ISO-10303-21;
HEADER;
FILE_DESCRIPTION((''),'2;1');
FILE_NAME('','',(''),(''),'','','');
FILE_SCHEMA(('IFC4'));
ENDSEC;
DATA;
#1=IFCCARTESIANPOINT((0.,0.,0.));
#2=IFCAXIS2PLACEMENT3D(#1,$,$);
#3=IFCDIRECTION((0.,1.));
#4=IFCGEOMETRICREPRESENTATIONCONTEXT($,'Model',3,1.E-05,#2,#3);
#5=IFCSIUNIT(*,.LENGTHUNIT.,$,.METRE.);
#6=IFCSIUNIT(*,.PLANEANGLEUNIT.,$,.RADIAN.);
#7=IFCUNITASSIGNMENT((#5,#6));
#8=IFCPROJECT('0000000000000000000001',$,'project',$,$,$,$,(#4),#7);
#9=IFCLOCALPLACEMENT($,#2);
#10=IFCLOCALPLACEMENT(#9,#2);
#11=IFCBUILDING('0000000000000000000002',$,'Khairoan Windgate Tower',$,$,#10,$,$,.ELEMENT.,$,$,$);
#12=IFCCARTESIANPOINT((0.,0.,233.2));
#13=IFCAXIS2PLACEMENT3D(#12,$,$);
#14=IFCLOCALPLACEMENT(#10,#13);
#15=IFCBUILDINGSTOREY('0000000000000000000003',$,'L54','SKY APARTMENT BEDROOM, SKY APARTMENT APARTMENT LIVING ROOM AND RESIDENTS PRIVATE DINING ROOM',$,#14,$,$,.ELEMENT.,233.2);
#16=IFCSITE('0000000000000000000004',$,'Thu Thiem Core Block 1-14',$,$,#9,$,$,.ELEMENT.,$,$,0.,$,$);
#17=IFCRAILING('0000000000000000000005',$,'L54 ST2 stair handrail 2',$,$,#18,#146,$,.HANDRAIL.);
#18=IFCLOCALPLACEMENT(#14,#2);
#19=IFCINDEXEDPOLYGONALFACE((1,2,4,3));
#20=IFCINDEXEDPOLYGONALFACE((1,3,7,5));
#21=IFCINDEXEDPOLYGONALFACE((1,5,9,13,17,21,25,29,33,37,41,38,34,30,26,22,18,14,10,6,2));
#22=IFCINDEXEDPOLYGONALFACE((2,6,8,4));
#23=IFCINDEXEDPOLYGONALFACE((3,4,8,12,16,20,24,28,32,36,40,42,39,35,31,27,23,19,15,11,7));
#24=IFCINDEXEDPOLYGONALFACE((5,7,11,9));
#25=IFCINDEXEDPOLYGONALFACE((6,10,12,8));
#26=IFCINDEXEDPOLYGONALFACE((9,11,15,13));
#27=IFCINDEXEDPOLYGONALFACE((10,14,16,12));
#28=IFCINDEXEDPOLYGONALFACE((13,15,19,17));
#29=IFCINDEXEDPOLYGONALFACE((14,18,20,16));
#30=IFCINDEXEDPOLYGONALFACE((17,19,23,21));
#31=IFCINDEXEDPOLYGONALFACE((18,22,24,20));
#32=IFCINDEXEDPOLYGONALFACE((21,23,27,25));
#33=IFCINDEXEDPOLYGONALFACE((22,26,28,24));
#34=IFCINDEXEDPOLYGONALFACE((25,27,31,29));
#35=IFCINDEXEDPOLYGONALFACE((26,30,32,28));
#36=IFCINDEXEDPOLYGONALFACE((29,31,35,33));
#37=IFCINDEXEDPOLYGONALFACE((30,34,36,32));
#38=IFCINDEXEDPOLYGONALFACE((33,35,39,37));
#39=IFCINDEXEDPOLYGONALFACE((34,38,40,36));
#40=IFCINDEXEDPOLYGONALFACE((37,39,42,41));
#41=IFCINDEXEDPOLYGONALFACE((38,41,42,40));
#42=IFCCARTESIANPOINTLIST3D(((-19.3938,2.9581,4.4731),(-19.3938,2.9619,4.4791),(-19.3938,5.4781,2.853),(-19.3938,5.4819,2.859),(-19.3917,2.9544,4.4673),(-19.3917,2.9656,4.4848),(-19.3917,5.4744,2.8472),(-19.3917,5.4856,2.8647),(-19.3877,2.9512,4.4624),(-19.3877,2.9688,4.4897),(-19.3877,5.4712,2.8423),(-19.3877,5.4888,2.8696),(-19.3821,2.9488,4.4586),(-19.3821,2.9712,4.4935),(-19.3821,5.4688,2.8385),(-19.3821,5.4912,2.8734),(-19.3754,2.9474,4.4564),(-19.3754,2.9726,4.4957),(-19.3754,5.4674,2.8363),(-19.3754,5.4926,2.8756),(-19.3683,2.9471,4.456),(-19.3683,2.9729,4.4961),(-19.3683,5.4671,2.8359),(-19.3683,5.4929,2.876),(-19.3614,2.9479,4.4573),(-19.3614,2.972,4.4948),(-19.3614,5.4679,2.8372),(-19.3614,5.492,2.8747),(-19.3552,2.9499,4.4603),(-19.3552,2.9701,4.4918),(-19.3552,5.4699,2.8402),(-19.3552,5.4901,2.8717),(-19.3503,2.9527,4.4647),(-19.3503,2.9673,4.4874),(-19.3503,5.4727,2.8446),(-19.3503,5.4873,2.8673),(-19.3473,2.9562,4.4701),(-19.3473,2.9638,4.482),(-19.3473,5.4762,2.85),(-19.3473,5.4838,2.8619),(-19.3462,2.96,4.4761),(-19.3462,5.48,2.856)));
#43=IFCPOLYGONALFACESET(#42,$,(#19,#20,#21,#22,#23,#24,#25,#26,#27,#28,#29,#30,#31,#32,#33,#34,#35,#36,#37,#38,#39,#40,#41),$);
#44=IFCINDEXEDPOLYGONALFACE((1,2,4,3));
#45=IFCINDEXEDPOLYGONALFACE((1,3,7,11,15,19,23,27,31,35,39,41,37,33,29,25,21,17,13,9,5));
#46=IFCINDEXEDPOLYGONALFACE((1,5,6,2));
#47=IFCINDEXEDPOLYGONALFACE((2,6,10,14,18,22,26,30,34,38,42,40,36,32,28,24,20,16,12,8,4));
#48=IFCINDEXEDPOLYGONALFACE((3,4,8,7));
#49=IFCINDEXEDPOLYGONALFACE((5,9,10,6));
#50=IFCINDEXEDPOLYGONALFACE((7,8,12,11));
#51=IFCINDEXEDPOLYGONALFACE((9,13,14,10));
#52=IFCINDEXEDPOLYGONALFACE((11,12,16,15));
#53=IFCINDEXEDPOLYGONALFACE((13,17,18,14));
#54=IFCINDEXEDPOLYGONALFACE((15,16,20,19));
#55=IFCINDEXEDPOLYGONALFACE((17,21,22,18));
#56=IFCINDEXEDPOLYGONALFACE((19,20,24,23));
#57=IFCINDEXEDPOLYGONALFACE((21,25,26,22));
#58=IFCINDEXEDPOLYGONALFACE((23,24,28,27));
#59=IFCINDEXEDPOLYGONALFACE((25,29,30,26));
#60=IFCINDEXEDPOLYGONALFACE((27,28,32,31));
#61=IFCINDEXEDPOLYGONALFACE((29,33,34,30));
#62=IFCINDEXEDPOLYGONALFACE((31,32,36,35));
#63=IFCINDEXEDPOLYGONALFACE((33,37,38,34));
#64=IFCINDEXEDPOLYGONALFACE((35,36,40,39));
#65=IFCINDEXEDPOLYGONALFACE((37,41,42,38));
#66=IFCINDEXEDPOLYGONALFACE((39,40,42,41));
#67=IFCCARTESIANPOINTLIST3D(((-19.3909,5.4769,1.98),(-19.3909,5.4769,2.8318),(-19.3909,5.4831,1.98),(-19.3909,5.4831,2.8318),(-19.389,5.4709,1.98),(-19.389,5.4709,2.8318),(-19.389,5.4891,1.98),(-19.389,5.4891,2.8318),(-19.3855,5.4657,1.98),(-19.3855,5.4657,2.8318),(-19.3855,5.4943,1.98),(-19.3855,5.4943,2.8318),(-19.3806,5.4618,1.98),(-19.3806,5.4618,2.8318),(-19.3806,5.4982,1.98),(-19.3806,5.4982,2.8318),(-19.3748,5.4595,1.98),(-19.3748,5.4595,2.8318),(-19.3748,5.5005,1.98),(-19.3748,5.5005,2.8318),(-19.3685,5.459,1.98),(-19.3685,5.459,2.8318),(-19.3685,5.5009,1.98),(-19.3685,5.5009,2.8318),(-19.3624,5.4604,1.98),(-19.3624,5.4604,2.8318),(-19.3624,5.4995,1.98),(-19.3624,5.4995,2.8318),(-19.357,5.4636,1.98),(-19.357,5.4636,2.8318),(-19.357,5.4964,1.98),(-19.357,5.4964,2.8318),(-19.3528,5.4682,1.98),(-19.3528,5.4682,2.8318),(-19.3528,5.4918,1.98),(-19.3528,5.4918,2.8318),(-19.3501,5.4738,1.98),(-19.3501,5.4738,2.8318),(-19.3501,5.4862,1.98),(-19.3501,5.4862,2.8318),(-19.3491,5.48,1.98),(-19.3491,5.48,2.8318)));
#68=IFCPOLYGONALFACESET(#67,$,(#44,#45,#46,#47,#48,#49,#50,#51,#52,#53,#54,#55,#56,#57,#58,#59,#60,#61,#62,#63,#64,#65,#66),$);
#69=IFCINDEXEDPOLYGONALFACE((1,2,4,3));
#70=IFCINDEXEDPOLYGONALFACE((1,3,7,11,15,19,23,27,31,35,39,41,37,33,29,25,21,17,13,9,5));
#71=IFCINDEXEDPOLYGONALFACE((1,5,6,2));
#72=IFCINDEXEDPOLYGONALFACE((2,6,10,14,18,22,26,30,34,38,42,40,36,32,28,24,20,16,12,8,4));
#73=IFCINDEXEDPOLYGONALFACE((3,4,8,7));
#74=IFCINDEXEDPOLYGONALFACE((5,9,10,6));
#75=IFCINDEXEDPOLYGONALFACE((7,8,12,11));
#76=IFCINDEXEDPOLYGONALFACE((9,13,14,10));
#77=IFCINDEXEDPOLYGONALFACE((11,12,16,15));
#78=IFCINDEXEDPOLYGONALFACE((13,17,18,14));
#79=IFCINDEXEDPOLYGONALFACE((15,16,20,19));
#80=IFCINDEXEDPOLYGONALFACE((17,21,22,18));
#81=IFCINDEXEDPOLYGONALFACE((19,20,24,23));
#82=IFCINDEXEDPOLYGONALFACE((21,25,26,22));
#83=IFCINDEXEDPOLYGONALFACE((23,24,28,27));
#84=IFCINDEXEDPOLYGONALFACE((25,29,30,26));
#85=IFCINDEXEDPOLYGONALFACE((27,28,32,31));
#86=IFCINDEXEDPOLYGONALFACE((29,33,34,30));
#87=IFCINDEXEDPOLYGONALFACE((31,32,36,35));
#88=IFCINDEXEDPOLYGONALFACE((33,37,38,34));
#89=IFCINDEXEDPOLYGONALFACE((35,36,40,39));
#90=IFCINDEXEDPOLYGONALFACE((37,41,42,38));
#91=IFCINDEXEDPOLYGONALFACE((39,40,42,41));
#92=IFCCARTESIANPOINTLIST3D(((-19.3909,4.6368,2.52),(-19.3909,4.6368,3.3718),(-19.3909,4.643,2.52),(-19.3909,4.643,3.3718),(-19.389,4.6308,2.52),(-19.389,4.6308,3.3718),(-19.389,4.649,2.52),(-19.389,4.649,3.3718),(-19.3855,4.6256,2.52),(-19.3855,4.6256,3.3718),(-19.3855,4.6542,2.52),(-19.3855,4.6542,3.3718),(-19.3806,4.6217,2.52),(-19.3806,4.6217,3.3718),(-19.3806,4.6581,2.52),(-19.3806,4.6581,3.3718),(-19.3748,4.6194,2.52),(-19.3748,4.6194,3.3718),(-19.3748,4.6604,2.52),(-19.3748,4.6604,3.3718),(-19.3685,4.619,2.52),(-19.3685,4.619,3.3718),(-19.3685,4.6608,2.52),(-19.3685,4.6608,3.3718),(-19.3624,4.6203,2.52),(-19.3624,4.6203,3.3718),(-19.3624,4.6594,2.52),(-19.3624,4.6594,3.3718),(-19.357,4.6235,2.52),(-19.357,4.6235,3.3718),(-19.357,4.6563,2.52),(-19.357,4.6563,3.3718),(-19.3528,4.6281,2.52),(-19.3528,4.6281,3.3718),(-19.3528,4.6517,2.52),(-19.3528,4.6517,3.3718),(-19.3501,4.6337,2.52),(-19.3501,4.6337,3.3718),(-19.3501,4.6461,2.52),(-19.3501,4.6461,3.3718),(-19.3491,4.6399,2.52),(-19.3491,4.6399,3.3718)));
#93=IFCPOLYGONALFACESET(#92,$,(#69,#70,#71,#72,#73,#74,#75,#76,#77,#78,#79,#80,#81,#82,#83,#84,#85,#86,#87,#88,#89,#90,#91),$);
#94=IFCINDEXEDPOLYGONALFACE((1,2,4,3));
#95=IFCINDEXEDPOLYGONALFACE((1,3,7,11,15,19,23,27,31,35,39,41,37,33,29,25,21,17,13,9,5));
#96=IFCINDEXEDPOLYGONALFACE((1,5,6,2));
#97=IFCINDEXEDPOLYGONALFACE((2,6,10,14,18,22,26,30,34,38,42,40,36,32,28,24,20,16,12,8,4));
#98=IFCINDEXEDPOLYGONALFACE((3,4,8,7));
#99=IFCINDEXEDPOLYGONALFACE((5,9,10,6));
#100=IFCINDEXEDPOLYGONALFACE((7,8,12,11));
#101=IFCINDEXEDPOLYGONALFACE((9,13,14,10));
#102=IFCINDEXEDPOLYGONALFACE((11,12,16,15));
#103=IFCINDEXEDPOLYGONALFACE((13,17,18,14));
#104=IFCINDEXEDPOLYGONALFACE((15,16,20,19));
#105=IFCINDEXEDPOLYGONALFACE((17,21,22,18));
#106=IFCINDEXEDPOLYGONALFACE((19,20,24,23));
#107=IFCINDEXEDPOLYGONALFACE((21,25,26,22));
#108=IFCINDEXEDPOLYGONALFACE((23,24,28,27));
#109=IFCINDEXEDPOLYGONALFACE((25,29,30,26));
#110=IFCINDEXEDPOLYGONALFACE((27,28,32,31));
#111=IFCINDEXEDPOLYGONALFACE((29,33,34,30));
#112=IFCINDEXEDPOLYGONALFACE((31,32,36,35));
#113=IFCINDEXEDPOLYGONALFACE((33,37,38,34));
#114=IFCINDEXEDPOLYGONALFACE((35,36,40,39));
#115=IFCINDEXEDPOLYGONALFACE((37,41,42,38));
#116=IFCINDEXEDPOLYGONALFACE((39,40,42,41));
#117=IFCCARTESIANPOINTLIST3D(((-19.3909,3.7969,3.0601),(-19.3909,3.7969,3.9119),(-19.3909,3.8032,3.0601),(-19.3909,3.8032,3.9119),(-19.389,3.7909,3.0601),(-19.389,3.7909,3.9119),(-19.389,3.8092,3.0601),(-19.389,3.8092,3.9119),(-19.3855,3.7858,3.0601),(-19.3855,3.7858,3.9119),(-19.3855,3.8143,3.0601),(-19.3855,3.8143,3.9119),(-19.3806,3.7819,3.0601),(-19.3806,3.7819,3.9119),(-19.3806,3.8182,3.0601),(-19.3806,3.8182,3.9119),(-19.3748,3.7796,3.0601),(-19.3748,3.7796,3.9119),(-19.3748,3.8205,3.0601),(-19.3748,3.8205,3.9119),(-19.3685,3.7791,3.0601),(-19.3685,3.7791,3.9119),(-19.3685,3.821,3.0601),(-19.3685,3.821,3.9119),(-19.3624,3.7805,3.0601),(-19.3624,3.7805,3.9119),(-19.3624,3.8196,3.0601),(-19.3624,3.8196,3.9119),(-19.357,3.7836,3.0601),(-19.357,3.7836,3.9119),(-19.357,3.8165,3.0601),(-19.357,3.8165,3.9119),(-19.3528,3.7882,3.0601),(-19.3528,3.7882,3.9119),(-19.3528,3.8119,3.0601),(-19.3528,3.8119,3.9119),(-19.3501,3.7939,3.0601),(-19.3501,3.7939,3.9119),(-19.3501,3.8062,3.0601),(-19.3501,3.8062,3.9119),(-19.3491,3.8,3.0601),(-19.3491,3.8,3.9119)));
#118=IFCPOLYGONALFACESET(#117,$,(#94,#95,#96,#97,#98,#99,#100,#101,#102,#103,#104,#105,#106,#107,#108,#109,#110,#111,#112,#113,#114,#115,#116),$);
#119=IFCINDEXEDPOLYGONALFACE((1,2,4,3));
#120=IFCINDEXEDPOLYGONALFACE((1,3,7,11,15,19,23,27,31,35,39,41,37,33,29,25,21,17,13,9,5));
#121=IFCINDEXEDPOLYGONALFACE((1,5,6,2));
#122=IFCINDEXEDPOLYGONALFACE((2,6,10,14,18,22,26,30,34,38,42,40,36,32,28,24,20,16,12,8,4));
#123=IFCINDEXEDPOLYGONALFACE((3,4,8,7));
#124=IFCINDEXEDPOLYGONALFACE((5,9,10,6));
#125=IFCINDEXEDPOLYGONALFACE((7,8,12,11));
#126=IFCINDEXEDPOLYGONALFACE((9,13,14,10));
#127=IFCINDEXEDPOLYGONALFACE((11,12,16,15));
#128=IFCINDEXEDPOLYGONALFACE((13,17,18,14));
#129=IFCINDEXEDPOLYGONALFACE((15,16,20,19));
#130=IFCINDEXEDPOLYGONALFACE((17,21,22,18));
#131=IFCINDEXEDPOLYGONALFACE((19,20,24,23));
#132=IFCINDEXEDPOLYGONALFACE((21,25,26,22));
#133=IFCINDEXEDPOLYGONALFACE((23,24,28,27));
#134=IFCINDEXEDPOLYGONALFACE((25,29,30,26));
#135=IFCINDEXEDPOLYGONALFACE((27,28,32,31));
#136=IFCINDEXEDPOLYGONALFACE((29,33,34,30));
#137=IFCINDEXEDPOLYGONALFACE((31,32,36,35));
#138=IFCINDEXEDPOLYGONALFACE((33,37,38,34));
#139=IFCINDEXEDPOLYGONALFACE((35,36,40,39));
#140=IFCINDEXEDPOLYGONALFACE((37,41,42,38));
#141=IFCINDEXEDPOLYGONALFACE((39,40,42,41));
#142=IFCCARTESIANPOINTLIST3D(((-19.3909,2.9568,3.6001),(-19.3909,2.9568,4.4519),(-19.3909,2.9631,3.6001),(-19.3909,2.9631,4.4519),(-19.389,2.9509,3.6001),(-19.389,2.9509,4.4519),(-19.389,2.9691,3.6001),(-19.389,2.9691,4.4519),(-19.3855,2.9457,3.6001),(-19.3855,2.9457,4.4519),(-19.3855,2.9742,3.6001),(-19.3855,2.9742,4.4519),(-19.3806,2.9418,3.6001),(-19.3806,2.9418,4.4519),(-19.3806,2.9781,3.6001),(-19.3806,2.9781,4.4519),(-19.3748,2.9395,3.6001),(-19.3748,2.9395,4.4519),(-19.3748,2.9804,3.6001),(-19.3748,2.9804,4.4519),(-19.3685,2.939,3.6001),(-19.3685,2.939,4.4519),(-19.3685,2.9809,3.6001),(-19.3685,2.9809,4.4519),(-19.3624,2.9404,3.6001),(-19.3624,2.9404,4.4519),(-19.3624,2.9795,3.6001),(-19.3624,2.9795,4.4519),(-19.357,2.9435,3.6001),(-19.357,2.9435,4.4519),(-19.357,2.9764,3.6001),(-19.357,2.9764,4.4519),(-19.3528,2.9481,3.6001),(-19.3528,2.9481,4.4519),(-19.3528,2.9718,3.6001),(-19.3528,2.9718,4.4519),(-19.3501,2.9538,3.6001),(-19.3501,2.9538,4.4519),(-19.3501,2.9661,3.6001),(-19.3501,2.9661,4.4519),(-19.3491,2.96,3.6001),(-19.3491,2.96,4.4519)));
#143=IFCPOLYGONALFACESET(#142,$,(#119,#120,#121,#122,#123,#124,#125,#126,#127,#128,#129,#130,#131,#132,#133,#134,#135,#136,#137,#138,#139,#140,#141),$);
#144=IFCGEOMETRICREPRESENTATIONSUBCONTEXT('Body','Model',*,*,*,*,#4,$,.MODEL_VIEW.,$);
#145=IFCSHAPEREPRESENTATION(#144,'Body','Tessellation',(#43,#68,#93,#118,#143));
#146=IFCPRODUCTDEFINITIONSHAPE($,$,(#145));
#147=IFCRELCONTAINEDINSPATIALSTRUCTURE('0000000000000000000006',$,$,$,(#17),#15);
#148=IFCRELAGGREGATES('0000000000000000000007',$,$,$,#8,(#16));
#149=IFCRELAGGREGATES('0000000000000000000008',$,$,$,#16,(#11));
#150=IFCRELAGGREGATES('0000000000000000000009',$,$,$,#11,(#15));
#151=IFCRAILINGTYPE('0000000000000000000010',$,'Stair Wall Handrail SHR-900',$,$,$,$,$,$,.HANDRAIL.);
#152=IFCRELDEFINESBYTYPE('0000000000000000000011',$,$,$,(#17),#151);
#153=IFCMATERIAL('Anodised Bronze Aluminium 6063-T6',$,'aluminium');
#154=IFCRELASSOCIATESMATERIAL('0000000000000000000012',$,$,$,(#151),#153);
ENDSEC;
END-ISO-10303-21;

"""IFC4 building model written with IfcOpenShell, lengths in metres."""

from ifc_helpers import new_model, si_unit, direction, frame, origin, origin_2d, place, context, subcontext, project, spatial, circle, extrude, material, type_object, element, save


model = new_model("IFC4")

# Units and contexts
model_context = context("Model", 3, precision=1e-05, world=origin(), true_north=direction((0.0, 1.0)))
body_context = subcontext(model_context, "Body", "Model", "MODEL_VIEW")
ifc_project = project(units=[si_unit("LENGTHUNIT", "METRE"), si_unit("PLANEANGLEUNIT", "RADIAN")], contexts=[model_context])

# Site, building, storey
site_placement = place(None, origin())
site = spatial("IfcSite", under=ifc_project, at=site_placement, Name="Thu Thiem Core Block 1-14", CompositionType="ELEMENT", RefElevation=0.0)
building_placement = place(site_placement, origin())
building = spatial("IfcBuilding", under=site, at=building_placement, Name="Khairoan Windgate Tower", CompositionType="ELEMENT")
storey_placement = place(building_placement, frame((0.0, 0.0, 233.2)))
storey = spatial("IfcBuildingStorey", under=building, at=storey_placement, Name="L54", Description="SKY APARTMENT BEDROOM, SKY APARTMENT APARTMENT LIVING ROOM AND RESIDENTS PRIVATE DINING ROOM", CompositionType="ELEMENT", Elevation=233.2)

# Railing
ifc_material_1 = material(Name="Anodised Bronze Aluminium 6063-T6", Category="aluminium")
railing_type_1 = type_object("IfcRailingType", Name="Stair Wall Handrail SHR-900", PredefinedType="HANDRAIL", material=ifc_material_1)
railing_1_placement = place(storey_placement, frame((-19.3701, 5.48, 1.98)))
element("IfcRailing", 1, at=railing_1_placement, inside=storey, type_object=railing_type_1, Name="L54 ST2 stair handrail 2", PredefinedType="HANDRAIL", context=body_context, shape_type="SweptSolid", body=[
    extrude(circle(Radius=0.0239, at=origin_2d()), frame((0.0, 0.0, 0.876), z_axis=(0.0, -0.841163, 0.540782), x_axis=(1.0, 0.0, 0.0)), (0.0, 0.0, 1.0), 2.9958),
    extrude(circle(Radius=0.021, at=origin_2d()), origin(), (0.0, 0.0, 1.0), 0.8518),
    extrude(circle(Radius=0.021, at=origin_2d()), frame((0.0, -0.8401, 0.54)), (0.0, 0.0, 1.0), 0.8518),
    extrude(circle(Radius=0.021, at=origin_2d()), frame((0.0, -1.6799, 1.0801)), (0.0, 0.0, 1.0), 0.8518),
    extrude(circle(Radius=0.021, at=origin_2d()), frame((0.0, -2.52, 1.6201)), (0.0, 0.0, 1.0), 0.8518),
])

save(model, "model.ifc")
